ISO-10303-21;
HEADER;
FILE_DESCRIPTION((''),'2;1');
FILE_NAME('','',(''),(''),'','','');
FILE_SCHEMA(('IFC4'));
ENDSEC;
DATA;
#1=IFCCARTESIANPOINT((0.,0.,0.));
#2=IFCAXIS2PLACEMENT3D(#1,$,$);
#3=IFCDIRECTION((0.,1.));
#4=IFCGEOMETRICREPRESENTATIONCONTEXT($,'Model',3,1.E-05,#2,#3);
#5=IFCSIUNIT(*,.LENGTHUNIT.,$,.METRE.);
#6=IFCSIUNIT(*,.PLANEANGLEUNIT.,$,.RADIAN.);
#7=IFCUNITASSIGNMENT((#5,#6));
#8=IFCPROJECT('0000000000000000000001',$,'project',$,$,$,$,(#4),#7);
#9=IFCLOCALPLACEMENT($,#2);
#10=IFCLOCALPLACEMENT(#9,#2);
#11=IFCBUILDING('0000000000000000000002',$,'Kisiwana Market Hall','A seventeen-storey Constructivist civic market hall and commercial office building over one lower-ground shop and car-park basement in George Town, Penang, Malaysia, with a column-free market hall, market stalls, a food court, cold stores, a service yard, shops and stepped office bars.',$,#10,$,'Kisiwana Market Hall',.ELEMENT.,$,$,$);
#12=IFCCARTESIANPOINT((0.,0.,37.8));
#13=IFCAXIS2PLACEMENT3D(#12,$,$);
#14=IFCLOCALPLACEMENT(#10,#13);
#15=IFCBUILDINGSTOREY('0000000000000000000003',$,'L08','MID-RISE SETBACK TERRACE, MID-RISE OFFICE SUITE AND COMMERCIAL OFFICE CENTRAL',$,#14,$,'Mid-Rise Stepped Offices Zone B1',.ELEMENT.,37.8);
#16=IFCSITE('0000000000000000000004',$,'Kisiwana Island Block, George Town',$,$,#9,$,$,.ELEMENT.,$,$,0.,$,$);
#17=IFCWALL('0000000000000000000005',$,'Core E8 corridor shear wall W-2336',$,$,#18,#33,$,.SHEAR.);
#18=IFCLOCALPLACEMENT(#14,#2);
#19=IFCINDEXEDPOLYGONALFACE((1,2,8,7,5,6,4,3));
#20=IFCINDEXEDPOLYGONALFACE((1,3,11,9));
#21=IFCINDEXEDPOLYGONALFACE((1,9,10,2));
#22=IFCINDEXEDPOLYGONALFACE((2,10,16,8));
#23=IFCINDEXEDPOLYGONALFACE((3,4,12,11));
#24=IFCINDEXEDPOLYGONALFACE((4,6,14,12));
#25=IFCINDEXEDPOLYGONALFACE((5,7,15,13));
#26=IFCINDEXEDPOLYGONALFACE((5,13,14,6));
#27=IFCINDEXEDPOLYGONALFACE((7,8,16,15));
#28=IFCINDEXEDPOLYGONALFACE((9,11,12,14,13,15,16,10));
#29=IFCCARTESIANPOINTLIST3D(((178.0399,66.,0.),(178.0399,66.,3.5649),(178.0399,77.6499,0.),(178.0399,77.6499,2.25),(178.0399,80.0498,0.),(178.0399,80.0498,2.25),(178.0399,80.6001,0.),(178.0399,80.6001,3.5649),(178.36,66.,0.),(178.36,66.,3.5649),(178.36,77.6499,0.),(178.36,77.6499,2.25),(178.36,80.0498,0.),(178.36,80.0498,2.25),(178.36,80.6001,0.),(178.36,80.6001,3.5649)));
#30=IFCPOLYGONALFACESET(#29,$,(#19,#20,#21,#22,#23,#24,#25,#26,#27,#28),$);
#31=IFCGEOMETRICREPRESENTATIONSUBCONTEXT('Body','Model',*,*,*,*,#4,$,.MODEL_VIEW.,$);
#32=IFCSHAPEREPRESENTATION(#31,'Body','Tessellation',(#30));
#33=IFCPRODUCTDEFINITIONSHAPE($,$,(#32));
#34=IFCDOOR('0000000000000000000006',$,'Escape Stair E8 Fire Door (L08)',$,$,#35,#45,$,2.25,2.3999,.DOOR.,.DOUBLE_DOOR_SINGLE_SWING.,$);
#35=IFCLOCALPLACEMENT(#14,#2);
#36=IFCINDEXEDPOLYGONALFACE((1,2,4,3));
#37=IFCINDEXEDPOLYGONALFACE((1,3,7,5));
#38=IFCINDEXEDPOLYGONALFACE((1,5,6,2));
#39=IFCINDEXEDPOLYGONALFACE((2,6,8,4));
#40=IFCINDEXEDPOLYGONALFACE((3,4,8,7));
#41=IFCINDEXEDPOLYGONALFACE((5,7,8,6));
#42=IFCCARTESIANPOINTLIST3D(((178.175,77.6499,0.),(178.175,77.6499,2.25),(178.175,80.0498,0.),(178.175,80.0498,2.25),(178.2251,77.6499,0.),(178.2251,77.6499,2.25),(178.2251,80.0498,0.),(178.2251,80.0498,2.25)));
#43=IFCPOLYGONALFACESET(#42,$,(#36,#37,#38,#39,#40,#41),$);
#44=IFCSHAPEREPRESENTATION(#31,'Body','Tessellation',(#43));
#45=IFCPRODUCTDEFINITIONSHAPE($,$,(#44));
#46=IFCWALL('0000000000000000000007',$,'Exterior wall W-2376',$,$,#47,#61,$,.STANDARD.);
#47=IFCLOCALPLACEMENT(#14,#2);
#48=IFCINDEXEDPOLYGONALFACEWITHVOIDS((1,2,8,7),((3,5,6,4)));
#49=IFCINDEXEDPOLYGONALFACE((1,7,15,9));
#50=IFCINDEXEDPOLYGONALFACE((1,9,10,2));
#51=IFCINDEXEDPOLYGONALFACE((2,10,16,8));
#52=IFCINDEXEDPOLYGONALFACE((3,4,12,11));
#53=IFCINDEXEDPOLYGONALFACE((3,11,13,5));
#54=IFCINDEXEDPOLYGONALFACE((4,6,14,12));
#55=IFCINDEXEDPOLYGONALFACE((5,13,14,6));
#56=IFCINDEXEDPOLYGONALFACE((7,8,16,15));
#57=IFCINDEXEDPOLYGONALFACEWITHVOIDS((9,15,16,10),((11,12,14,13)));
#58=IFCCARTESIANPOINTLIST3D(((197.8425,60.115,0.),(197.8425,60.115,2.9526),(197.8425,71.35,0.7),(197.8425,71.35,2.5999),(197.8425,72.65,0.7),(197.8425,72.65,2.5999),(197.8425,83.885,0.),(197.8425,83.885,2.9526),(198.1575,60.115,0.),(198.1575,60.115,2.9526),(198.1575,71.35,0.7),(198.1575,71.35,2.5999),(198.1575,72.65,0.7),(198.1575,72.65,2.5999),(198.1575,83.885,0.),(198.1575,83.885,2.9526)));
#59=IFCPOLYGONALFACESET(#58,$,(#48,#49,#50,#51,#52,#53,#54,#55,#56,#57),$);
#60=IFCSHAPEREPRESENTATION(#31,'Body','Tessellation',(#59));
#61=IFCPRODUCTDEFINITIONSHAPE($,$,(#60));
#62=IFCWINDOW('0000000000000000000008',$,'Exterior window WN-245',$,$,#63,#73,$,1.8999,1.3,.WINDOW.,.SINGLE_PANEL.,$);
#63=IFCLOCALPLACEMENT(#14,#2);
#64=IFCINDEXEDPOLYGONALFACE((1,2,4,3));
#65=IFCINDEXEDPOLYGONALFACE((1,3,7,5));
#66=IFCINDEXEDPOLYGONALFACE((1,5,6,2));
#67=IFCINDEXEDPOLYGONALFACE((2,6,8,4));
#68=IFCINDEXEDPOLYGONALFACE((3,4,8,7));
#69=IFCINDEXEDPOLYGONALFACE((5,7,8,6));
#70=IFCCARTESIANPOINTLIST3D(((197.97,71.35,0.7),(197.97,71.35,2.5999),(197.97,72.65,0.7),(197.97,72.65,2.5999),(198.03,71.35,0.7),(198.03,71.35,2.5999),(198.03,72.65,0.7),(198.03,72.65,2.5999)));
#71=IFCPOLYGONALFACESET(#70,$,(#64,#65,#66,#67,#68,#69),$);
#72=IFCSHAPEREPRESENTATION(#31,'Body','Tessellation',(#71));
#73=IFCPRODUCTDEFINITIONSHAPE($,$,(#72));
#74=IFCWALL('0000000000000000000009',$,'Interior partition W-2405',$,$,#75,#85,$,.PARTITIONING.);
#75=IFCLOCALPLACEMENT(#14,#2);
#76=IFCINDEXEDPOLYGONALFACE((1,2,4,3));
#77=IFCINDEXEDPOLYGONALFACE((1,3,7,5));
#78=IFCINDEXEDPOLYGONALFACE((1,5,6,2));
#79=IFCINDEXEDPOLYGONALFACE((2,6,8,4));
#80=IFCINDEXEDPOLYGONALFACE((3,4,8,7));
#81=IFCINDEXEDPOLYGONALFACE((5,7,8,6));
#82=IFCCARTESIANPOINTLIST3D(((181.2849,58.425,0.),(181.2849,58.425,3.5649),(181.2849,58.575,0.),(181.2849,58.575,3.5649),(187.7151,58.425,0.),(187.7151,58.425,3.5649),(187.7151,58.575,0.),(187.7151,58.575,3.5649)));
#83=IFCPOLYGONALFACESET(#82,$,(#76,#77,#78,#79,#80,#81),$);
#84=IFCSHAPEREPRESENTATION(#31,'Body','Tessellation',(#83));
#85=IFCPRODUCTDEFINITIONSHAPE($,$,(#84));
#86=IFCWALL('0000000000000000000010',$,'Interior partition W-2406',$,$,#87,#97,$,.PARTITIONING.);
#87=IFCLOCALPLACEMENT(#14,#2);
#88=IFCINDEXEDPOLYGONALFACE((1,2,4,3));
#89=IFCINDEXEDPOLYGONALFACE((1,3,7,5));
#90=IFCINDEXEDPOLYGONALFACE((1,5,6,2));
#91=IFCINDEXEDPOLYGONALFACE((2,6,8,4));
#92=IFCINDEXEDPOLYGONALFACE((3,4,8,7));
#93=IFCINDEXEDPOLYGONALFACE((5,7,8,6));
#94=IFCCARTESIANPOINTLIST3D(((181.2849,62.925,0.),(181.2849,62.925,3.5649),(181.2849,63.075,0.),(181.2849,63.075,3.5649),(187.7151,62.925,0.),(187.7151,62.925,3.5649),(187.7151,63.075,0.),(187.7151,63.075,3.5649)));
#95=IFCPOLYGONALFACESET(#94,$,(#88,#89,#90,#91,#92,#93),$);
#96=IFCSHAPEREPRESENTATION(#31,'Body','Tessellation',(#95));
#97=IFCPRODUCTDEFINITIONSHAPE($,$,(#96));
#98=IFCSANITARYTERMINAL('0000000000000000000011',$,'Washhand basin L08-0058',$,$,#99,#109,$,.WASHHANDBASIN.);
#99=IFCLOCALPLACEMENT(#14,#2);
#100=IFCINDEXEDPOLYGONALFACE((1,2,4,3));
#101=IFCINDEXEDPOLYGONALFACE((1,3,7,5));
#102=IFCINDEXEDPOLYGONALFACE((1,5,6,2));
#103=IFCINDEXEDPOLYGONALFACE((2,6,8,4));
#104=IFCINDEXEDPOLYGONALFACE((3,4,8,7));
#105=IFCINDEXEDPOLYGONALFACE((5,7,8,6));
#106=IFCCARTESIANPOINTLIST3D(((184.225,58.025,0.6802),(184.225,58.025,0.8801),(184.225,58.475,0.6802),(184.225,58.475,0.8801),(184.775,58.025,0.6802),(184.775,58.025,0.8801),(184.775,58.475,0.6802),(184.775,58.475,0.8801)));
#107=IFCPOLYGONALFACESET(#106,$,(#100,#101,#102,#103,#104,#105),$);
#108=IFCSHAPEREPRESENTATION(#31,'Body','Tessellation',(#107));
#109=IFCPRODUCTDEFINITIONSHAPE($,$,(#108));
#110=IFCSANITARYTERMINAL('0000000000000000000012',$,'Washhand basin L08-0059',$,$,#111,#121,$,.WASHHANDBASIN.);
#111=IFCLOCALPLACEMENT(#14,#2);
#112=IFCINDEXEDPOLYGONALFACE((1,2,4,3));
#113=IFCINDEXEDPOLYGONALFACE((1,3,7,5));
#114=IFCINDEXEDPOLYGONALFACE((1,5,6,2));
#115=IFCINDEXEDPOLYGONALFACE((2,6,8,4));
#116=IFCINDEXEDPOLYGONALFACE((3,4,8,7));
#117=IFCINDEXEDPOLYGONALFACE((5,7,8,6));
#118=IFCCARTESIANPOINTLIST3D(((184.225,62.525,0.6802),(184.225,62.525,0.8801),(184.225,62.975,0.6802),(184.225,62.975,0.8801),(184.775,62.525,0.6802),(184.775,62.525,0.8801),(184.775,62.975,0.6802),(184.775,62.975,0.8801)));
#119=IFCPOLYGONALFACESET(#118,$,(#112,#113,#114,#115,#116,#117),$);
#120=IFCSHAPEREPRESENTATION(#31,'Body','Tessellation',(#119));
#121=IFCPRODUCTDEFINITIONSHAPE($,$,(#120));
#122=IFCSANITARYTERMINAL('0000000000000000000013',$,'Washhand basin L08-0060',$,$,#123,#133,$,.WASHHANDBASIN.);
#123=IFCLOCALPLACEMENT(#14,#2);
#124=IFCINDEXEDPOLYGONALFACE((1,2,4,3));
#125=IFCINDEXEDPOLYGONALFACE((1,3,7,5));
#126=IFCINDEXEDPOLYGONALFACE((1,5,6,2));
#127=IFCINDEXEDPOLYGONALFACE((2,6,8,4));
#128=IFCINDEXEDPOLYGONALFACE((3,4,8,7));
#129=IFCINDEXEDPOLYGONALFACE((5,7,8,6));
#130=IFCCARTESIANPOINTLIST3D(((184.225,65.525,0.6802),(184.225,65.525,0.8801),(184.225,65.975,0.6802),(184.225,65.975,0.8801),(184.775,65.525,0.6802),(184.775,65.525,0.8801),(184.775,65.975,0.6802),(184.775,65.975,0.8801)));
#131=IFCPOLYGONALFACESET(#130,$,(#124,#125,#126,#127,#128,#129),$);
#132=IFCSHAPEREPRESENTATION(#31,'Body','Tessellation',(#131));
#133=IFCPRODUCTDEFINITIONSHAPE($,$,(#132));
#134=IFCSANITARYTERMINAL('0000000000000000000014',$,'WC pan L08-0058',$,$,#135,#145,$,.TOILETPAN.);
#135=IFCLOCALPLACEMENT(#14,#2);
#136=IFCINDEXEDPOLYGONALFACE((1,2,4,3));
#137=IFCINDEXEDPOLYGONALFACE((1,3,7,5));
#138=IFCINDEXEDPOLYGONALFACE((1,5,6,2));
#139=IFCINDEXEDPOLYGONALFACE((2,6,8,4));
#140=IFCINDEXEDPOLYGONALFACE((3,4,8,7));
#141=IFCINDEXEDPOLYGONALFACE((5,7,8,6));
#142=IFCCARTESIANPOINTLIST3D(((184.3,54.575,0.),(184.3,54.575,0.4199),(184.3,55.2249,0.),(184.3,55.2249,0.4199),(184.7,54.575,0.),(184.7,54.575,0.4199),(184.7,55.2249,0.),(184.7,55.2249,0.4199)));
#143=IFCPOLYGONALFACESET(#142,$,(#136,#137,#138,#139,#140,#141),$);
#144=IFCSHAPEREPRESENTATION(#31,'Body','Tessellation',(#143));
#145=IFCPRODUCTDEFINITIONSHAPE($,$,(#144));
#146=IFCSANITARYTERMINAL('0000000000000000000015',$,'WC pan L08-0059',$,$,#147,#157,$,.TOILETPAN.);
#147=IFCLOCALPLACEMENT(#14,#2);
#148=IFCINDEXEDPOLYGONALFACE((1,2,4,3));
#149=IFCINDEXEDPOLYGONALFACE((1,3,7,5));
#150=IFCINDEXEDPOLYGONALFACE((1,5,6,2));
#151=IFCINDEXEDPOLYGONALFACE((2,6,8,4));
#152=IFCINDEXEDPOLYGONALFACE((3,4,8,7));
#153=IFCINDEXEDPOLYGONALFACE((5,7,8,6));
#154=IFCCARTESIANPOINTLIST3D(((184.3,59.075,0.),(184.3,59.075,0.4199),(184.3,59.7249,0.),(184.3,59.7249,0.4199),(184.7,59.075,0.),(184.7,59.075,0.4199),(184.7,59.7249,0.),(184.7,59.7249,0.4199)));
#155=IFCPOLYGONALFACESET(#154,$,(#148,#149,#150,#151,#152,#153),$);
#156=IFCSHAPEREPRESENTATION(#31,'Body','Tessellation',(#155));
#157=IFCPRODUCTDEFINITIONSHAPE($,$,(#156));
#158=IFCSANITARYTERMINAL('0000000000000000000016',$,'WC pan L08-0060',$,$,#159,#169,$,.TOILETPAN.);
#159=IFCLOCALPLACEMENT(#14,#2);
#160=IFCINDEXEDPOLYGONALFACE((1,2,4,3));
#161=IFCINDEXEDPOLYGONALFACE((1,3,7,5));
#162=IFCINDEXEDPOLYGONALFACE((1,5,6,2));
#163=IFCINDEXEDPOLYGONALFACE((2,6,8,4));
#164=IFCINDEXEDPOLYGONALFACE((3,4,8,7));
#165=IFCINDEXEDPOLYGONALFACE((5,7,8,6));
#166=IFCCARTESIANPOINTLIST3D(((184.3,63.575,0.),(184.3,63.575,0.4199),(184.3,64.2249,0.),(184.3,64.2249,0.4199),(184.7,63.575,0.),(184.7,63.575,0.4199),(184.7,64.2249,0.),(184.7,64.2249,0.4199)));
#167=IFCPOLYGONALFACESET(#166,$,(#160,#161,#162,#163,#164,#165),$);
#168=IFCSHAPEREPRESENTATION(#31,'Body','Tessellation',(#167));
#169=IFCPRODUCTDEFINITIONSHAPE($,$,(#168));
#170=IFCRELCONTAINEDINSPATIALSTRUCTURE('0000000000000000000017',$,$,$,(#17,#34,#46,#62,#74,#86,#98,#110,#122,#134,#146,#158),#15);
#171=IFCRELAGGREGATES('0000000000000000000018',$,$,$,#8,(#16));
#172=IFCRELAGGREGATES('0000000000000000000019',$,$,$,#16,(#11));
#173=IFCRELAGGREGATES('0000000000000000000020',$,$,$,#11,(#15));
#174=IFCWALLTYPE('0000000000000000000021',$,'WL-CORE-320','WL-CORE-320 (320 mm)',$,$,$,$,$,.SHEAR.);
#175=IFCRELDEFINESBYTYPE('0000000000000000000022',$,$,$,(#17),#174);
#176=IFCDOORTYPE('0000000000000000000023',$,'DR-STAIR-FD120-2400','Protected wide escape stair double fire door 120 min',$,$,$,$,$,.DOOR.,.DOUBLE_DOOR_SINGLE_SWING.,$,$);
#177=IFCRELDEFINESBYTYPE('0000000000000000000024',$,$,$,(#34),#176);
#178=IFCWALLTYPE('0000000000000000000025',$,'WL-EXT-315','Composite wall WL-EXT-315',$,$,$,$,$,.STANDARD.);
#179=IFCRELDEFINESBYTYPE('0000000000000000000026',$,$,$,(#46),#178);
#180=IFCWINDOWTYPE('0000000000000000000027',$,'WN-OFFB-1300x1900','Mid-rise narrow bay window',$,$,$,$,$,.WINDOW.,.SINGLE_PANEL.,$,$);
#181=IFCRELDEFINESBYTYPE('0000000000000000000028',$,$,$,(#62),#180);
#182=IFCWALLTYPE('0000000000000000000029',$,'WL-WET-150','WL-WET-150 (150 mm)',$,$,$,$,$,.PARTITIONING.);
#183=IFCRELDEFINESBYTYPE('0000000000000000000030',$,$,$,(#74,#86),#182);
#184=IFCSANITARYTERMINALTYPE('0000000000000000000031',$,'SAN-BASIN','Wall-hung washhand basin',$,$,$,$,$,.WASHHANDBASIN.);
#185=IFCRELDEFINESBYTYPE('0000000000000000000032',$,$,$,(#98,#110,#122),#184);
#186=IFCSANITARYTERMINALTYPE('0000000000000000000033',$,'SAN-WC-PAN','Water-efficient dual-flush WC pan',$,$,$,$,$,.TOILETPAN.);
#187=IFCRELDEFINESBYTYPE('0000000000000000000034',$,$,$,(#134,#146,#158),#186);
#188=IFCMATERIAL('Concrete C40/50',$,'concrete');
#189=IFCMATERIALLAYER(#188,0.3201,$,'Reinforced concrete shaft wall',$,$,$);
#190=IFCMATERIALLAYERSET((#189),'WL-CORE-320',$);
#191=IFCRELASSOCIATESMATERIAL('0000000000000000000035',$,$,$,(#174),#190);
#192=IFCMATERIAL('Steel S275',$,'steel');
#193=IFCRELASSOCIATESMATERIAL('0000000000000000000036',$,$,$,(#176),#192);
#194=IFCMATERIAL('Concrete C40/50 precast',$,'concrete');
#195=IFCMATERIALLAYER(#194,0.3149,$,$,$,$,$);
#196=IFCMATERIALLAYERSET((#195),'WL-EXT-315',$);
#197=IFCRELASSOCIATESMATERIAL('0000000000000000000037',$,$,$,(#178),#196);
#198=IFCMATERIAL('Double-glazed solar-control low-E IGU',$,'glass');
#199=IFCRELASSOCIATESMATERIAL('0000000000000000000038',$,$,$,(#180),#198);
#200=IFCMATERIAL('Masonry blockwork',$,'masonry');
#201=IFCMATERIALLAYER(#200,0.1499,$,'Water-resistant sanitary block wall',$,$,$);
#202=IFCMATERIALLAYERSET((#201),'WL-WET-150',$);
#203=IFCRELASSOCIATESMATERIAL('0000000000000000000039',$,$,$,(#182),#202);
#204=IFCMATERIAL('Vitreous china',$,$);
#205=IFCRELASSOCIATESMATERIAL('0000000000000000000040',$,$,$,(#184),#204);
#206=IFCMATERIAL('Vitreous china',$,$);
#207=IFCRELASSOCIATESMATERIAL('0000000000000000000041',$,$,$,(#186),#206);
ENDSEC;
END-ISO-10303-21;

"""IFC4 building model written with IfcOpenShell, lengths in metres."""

from ifc_helpers import new_model, si_unit, direction, frame, frame_2d, origin, origin_2d, place, context, subcontext, project, spatial, rectangle, extrude, material, layer, layer_set, type_object, element, fill, save


model = new_model("IFC4")

# Units and contexts
model_context = context("Model", 3, precision=1e-05, world=origin(), true_north=direction((0.0, 1.0)))
body_context = subcontext(model_context, "Body", "Model", "MODEL_VIEW")
ifc_project = project(units=[si_unit("LENGTHUNIT", "METRE"), si_unit("PLANEANGLEUNIT", "RADIAN")], contexts=[model_context])

# Site, building, storey
site_placement = place(None, origin())
site = spatial("IfcSite", under=ifc_project, at=site_placement, Name="Kisiwana Island Block, George Town", CompositionType="ELEMENT", RefElevation=0.0)
building_placement = place(site_placement, origin())
building = spatial("IfcBuilding", under=site, at=building_placement, Name="Kisiwana Market Hall", Description="A seventeen-storey Constructivist civic market hall and commercial office building over one lower-ground shop and car-park basement in George Town, Penang, Malaysia, with a column-free market hall, market stalls, a food court, cold stores, a service yard, shops and stepped office bars.", LongName="Kisiwana Market Hall", CompositionType="ELEMENT")
storey_placement = place(building_placement, frame((0.0, 0.0, 37.8)))
storey = spatial("IfcBuildingStorey", under=building, at=storey_placement, Name="L08", Description="MID-RISE SETBACK TERRACE, MID-RISE OFFICE SUITE AND COMMERCIAL OFFICE CENTRAL", LongName="Mid-Rise Stepped Offices Zone B1", CompositionType="ELEMENT", Elevation=37.8)

# Shared definitions
ifc_material_1 = material(Name="Concrete C40/50", Category="concrete")
ifc_layer_1 = layer(ifc_material_1, 0.3201, Name="Reinforced concrete shaft wall")
ifc_layer_set_1 = layer_set([ifc_layer_1], Name="WL-CORE-320")
wall_type_1 = type_object("IfcWallType", Name="WL-CORE-320", Description="WL-CORE-320 (320 mm)", PredefinedType="SHEAR", material=ifc_layer_set_1)

# Wall, opening, door
ifc_material_2 = material(Name="Steel S275", Category="steel")
door_type = type_object("IfcDoorType", Name="DR-STAIR-FD120-2400", Description="Protected wide escape stair double fire door 120 min", OperationType="DOUBLE_DOOR_SINGLE_SWING", PredefinedType="DOOR", material=ifc_material_2)
wall_1_placement = place(storey_placement, frame((178.2, 66.0, 0.0), z_axis=(0.0, 0.0, 1.0), x_axis=(0.0, 1.0, 0.0)))
wall_1 = element("IfcWall", 1, at=wall_1_placement, inside=storey, type_object=wall_type_1, Name="Core E8 corridor shear wall W-2336", PredefinedType="SHEAR", context=body_context, shape_type="SweptSolid", body=[
    extrude(rectangle(XDim=14.6001, YDim=0.3201, at=frame_2d((7.3, 0.0))), origin(), (0.0, 0.0, 1.0), 3.5649),
])
opening_1_placement = place(wall_1_placement, frame((11.6499, 0.0, 0.0)))
opening_1 = element("IfcOpeningElement", 2, at=opening_1_placement, cuts=wall_1, PredefinedType="OPENING", context=body_context, shape_type="SweptSolid", body=[
    extrude(rectangle(XDim=2.3999, YDim=2.25, at=frame_2d((1.2, 1.125))), frame((0.0, 0.1719, 0.0), z_axis=(0.0, -1.0, 0.0), x_axis=(1.0, 0.0, 0.0)), (0.0, 0.0, 1.0), 0.344),
])
door_1_placement = place(opening_1_placement, origin())
door_1 = element("IfcDoor", 3, at=door_1_placement, inside=storey, type_object=door_type, Name="Escape Stair E8 Fire Door (L08)", OperationType="DOUBLE_DOOR_SINGLE_SWING", OverallHeight=2.25, OverallWidth=2.3999, PredefinedType="DOOR", context=body_context, shape_type="SweptSolid", body=[
    extrude(rectangle(XDim=2.3999, YDim=2.25, at=frame_2d((1.2, 1.125))), frame((0.0, 0.0249, 0.0), z_axis=(0.0, -1.0, 0.0), x_axis=(1.0, 0.0, 0.0)), (0.0, 0.0, 1.0), 0.05),
])
fill(opening_1, door_1)

# Wall, opening, window
ifc_material_3 = material(Name="Concrete C40/50 precast", Category="concrete")
ifc_layer_2 = layer(ifc_material_3, 0.3149)
ifc_layer_set_2 = layer_set([ifc_layer_2], Name="WL-EXT-315")
wall_type_2 = type_object("IfcWallType", Name="WL-EXT-315", Description="Composite wall WL-EXT-315", PredefinedType="STANDARD", material=ifc_layer_set_2)
wall_2_placement = place(storey_placement, frame((198.0, 60.115, 0.0), z_axis=(0.0, 0.0, 1.0), x_axis=(0.0, 1.0, 0.0)))
wall_2 = element("IfcWall", 4, at=wall_2_placement, inside=storey, type_object=wall_type_2, Name="Exterior wall W-2376", PredefinedType="STANDARD", context=body_context, shape_type="SweptSolid", body=[
    extrude(rectangle(XDim=23.77, YDim=0.3149, at=frame_2d((11.885, 0.0))), origin(), (0.0, 0.0, 1.0), 2.9526),
])
opening_2_placement = place(wall_2_placement, frame((11.2351, 0.0, 0.7)))
opening_2 = element("IfcOpeningElement", 5, at=opening_2_placement, cuts=wall_2, PredefinedType="OPENING", context=body_context, shape_type="SweptSolid", body=[
    extrude(rectangle(XDim=1.3, YDim=1.8999, at=frame_2d((0.6499, 0.95))), frame((0.0, 0.1694, 0.0), z_axis=(0.0, -1.0, 0.0), x_axis=(1.0, 0.0, 0.0)), (0.0, 0.0, 1.0), 0.3389),
])
ifc_material_4 = material(Name="Double-glazed solar-control low-E IGU", Category="glass")
window_type = type_object("IfcWindowType", Name="WN-OFFB-1300x1900", Description="Mid-rise narrow bay window", PartitioningType="SINGLE_PANEL", PredefinedType="WINDOW", material=ifc_material_4)
window_placement = place(opening_2_placement, origin())
window = element("IfcWindow", 6, at=window_placement, inside=storey, type_object=window_type, Name="Exterior window WN-245", OverallHeight=1.8999, OverallWidth=1.3, PartitioningType="SINGLE_PANEL", PredefinedType="WINDOW", context=body_context, shape_type="SweptSolid", body=[
    extrude(rectangle(XDim=1.3, YDim=1.8999, at=frame_2d((0.6499, 0.95))), frame((0.0, 0.03, 0.0), z_axis=(0.0, -1.0, 0.0), x_axis=(1.0, 0.0, 0.0)), (0.0, 0.0, 1.0), 0.0601),
])
fill(opening_2, window)

# Walls
ifc_material_5 = material(Name="Masonry blockwork", Category="masonry")
ifc_layer_3 = layer(ifc_material_5, 0.1499, Name="Water-resistant sanitary block wall")
ifc_layer_set_3 = layer_set([ifc_layer_3], Name="WL-WET-150")
wall_type_3 = type_object("IfcWallType", Name="WL-WET-150", Description="WL-WET-150 (150 mm)", PredefinedType="PARTITIONING", material=ifc_layer_set_3)
for number, where, z_axis, x_axis, name in (
    (7, (181.2849, 58.5, 0.0), (0.0, 0.0, 1.0), (1.0, 0.0, 0.0), "Interior partition W-2405"),
    (8, (181.2849, 63.0, 0.0), (0.0, 0.0, 1.0), (1.0, 0.0, 0.0), "Interior partition W-2406"),
):
    element("IfcWall", number, at=place(storey_placement, frame(where, z_axis=z_axis, x_axis=x_axis)), inside=storey, type_object=wall_type_3, Name=name, PredefinedType="PARTITIONING", context=body_context, shape_type="SweptSolid", body=[
        extrude(rectangle(XDim=6.4302, YDim=0.1499, at=frame_2d((3.2151, 0.0))), origin(), (0.0, 0.0, 1.0), 3.5649),
    ])

# Sanitary terminals
ifc_material_6 = material(Name="Vitreous china")
sanitary_terminal_type_1 = type_object("IfcSanitaryTerminalType", Name="SAN-BASIN", Description="Wall-hung washhand basin", PredefinedType="WASHHANDBASIN", material=ifc_material_6)
for number, where, z_axis, x_axis, name in (
    (9, (184.5, 58.25, 0.6802), (0.0, 0.0, 1.0), (1.0, 0.0, 0.0), "Washhand basin L08-0058"),
    (10, (184.5, 62.75, 0.6802), (0.0, 0.0, 1.0), (1.0, 0.0, 0.0), "Washhand basin L08-0059"),
    (11, (184.5, 65.75, 0.6802), (0.0, 0.0, 1.0), (1.0, 0.0, 0.0), "Washhand basin L08-0060"),
):
    element("IfcSanitaryTerminal", number, at=place(storey_placement, frame(where, z_axis=z_axis, x_axis=x_axis)), inside=storey, type_object=sanitary_terminal_type_1, Name=name, PredefinedType="WASHHANDBASIN", context=body_context, shape_type="SweptSolid", body=[
        extrude(rectangle(XDim=0.55, YDim=0.45, at=origin_2d()), origin(), (0.0, 0.0, 1.0), 0.2),
    ])
ifc_material_7 = material(Name="Vitreous china")
sanitary_terminal_type_2 = type_object("IfcSanitaryTerminalType", Name="SAN-WC-PAN", Description="Water-efficient dual-flush WC pan", PredefinedType="TOILETPAN", material=ifc_material_7)
for number, where, z_axis, x_axis, name in (
    (12, (184.5, 54.8999, 0.0), (0.0, 0.0, 1.0), (1.0, 0.0, 0.0), "WC pan L08-0058"),
    (13, (184.5, 59.3999, 0.0), (0.0, 0.0, 1.0), (1.0, 0.0, 0.0), "WC pan L08-0059"),
    (14, (184.5, 63.8999, 0.0), (0.0, 0.0, 1.0), (1.0, 0.0, 0.0), "WC pan L08-0060"),
):
    element("IfcSanitaryTerminal", number, at=place(storey_placement, frame(where, z_axis=z_axis, x_axis=x_axis)), inside=storey, type_object=sanitary_terminal_type_2, Name=name, PredefinedType="TOILETPAN", context=body_context, shape_type="SweptSolid", body=[
        extrude(rectangle(XDim=0.3999, YDim=0.6499, at=origin_2d()), origin(), (0.0, 0.0, 1.0), 0.4199),
    ])

save(model, "model.ifc")
